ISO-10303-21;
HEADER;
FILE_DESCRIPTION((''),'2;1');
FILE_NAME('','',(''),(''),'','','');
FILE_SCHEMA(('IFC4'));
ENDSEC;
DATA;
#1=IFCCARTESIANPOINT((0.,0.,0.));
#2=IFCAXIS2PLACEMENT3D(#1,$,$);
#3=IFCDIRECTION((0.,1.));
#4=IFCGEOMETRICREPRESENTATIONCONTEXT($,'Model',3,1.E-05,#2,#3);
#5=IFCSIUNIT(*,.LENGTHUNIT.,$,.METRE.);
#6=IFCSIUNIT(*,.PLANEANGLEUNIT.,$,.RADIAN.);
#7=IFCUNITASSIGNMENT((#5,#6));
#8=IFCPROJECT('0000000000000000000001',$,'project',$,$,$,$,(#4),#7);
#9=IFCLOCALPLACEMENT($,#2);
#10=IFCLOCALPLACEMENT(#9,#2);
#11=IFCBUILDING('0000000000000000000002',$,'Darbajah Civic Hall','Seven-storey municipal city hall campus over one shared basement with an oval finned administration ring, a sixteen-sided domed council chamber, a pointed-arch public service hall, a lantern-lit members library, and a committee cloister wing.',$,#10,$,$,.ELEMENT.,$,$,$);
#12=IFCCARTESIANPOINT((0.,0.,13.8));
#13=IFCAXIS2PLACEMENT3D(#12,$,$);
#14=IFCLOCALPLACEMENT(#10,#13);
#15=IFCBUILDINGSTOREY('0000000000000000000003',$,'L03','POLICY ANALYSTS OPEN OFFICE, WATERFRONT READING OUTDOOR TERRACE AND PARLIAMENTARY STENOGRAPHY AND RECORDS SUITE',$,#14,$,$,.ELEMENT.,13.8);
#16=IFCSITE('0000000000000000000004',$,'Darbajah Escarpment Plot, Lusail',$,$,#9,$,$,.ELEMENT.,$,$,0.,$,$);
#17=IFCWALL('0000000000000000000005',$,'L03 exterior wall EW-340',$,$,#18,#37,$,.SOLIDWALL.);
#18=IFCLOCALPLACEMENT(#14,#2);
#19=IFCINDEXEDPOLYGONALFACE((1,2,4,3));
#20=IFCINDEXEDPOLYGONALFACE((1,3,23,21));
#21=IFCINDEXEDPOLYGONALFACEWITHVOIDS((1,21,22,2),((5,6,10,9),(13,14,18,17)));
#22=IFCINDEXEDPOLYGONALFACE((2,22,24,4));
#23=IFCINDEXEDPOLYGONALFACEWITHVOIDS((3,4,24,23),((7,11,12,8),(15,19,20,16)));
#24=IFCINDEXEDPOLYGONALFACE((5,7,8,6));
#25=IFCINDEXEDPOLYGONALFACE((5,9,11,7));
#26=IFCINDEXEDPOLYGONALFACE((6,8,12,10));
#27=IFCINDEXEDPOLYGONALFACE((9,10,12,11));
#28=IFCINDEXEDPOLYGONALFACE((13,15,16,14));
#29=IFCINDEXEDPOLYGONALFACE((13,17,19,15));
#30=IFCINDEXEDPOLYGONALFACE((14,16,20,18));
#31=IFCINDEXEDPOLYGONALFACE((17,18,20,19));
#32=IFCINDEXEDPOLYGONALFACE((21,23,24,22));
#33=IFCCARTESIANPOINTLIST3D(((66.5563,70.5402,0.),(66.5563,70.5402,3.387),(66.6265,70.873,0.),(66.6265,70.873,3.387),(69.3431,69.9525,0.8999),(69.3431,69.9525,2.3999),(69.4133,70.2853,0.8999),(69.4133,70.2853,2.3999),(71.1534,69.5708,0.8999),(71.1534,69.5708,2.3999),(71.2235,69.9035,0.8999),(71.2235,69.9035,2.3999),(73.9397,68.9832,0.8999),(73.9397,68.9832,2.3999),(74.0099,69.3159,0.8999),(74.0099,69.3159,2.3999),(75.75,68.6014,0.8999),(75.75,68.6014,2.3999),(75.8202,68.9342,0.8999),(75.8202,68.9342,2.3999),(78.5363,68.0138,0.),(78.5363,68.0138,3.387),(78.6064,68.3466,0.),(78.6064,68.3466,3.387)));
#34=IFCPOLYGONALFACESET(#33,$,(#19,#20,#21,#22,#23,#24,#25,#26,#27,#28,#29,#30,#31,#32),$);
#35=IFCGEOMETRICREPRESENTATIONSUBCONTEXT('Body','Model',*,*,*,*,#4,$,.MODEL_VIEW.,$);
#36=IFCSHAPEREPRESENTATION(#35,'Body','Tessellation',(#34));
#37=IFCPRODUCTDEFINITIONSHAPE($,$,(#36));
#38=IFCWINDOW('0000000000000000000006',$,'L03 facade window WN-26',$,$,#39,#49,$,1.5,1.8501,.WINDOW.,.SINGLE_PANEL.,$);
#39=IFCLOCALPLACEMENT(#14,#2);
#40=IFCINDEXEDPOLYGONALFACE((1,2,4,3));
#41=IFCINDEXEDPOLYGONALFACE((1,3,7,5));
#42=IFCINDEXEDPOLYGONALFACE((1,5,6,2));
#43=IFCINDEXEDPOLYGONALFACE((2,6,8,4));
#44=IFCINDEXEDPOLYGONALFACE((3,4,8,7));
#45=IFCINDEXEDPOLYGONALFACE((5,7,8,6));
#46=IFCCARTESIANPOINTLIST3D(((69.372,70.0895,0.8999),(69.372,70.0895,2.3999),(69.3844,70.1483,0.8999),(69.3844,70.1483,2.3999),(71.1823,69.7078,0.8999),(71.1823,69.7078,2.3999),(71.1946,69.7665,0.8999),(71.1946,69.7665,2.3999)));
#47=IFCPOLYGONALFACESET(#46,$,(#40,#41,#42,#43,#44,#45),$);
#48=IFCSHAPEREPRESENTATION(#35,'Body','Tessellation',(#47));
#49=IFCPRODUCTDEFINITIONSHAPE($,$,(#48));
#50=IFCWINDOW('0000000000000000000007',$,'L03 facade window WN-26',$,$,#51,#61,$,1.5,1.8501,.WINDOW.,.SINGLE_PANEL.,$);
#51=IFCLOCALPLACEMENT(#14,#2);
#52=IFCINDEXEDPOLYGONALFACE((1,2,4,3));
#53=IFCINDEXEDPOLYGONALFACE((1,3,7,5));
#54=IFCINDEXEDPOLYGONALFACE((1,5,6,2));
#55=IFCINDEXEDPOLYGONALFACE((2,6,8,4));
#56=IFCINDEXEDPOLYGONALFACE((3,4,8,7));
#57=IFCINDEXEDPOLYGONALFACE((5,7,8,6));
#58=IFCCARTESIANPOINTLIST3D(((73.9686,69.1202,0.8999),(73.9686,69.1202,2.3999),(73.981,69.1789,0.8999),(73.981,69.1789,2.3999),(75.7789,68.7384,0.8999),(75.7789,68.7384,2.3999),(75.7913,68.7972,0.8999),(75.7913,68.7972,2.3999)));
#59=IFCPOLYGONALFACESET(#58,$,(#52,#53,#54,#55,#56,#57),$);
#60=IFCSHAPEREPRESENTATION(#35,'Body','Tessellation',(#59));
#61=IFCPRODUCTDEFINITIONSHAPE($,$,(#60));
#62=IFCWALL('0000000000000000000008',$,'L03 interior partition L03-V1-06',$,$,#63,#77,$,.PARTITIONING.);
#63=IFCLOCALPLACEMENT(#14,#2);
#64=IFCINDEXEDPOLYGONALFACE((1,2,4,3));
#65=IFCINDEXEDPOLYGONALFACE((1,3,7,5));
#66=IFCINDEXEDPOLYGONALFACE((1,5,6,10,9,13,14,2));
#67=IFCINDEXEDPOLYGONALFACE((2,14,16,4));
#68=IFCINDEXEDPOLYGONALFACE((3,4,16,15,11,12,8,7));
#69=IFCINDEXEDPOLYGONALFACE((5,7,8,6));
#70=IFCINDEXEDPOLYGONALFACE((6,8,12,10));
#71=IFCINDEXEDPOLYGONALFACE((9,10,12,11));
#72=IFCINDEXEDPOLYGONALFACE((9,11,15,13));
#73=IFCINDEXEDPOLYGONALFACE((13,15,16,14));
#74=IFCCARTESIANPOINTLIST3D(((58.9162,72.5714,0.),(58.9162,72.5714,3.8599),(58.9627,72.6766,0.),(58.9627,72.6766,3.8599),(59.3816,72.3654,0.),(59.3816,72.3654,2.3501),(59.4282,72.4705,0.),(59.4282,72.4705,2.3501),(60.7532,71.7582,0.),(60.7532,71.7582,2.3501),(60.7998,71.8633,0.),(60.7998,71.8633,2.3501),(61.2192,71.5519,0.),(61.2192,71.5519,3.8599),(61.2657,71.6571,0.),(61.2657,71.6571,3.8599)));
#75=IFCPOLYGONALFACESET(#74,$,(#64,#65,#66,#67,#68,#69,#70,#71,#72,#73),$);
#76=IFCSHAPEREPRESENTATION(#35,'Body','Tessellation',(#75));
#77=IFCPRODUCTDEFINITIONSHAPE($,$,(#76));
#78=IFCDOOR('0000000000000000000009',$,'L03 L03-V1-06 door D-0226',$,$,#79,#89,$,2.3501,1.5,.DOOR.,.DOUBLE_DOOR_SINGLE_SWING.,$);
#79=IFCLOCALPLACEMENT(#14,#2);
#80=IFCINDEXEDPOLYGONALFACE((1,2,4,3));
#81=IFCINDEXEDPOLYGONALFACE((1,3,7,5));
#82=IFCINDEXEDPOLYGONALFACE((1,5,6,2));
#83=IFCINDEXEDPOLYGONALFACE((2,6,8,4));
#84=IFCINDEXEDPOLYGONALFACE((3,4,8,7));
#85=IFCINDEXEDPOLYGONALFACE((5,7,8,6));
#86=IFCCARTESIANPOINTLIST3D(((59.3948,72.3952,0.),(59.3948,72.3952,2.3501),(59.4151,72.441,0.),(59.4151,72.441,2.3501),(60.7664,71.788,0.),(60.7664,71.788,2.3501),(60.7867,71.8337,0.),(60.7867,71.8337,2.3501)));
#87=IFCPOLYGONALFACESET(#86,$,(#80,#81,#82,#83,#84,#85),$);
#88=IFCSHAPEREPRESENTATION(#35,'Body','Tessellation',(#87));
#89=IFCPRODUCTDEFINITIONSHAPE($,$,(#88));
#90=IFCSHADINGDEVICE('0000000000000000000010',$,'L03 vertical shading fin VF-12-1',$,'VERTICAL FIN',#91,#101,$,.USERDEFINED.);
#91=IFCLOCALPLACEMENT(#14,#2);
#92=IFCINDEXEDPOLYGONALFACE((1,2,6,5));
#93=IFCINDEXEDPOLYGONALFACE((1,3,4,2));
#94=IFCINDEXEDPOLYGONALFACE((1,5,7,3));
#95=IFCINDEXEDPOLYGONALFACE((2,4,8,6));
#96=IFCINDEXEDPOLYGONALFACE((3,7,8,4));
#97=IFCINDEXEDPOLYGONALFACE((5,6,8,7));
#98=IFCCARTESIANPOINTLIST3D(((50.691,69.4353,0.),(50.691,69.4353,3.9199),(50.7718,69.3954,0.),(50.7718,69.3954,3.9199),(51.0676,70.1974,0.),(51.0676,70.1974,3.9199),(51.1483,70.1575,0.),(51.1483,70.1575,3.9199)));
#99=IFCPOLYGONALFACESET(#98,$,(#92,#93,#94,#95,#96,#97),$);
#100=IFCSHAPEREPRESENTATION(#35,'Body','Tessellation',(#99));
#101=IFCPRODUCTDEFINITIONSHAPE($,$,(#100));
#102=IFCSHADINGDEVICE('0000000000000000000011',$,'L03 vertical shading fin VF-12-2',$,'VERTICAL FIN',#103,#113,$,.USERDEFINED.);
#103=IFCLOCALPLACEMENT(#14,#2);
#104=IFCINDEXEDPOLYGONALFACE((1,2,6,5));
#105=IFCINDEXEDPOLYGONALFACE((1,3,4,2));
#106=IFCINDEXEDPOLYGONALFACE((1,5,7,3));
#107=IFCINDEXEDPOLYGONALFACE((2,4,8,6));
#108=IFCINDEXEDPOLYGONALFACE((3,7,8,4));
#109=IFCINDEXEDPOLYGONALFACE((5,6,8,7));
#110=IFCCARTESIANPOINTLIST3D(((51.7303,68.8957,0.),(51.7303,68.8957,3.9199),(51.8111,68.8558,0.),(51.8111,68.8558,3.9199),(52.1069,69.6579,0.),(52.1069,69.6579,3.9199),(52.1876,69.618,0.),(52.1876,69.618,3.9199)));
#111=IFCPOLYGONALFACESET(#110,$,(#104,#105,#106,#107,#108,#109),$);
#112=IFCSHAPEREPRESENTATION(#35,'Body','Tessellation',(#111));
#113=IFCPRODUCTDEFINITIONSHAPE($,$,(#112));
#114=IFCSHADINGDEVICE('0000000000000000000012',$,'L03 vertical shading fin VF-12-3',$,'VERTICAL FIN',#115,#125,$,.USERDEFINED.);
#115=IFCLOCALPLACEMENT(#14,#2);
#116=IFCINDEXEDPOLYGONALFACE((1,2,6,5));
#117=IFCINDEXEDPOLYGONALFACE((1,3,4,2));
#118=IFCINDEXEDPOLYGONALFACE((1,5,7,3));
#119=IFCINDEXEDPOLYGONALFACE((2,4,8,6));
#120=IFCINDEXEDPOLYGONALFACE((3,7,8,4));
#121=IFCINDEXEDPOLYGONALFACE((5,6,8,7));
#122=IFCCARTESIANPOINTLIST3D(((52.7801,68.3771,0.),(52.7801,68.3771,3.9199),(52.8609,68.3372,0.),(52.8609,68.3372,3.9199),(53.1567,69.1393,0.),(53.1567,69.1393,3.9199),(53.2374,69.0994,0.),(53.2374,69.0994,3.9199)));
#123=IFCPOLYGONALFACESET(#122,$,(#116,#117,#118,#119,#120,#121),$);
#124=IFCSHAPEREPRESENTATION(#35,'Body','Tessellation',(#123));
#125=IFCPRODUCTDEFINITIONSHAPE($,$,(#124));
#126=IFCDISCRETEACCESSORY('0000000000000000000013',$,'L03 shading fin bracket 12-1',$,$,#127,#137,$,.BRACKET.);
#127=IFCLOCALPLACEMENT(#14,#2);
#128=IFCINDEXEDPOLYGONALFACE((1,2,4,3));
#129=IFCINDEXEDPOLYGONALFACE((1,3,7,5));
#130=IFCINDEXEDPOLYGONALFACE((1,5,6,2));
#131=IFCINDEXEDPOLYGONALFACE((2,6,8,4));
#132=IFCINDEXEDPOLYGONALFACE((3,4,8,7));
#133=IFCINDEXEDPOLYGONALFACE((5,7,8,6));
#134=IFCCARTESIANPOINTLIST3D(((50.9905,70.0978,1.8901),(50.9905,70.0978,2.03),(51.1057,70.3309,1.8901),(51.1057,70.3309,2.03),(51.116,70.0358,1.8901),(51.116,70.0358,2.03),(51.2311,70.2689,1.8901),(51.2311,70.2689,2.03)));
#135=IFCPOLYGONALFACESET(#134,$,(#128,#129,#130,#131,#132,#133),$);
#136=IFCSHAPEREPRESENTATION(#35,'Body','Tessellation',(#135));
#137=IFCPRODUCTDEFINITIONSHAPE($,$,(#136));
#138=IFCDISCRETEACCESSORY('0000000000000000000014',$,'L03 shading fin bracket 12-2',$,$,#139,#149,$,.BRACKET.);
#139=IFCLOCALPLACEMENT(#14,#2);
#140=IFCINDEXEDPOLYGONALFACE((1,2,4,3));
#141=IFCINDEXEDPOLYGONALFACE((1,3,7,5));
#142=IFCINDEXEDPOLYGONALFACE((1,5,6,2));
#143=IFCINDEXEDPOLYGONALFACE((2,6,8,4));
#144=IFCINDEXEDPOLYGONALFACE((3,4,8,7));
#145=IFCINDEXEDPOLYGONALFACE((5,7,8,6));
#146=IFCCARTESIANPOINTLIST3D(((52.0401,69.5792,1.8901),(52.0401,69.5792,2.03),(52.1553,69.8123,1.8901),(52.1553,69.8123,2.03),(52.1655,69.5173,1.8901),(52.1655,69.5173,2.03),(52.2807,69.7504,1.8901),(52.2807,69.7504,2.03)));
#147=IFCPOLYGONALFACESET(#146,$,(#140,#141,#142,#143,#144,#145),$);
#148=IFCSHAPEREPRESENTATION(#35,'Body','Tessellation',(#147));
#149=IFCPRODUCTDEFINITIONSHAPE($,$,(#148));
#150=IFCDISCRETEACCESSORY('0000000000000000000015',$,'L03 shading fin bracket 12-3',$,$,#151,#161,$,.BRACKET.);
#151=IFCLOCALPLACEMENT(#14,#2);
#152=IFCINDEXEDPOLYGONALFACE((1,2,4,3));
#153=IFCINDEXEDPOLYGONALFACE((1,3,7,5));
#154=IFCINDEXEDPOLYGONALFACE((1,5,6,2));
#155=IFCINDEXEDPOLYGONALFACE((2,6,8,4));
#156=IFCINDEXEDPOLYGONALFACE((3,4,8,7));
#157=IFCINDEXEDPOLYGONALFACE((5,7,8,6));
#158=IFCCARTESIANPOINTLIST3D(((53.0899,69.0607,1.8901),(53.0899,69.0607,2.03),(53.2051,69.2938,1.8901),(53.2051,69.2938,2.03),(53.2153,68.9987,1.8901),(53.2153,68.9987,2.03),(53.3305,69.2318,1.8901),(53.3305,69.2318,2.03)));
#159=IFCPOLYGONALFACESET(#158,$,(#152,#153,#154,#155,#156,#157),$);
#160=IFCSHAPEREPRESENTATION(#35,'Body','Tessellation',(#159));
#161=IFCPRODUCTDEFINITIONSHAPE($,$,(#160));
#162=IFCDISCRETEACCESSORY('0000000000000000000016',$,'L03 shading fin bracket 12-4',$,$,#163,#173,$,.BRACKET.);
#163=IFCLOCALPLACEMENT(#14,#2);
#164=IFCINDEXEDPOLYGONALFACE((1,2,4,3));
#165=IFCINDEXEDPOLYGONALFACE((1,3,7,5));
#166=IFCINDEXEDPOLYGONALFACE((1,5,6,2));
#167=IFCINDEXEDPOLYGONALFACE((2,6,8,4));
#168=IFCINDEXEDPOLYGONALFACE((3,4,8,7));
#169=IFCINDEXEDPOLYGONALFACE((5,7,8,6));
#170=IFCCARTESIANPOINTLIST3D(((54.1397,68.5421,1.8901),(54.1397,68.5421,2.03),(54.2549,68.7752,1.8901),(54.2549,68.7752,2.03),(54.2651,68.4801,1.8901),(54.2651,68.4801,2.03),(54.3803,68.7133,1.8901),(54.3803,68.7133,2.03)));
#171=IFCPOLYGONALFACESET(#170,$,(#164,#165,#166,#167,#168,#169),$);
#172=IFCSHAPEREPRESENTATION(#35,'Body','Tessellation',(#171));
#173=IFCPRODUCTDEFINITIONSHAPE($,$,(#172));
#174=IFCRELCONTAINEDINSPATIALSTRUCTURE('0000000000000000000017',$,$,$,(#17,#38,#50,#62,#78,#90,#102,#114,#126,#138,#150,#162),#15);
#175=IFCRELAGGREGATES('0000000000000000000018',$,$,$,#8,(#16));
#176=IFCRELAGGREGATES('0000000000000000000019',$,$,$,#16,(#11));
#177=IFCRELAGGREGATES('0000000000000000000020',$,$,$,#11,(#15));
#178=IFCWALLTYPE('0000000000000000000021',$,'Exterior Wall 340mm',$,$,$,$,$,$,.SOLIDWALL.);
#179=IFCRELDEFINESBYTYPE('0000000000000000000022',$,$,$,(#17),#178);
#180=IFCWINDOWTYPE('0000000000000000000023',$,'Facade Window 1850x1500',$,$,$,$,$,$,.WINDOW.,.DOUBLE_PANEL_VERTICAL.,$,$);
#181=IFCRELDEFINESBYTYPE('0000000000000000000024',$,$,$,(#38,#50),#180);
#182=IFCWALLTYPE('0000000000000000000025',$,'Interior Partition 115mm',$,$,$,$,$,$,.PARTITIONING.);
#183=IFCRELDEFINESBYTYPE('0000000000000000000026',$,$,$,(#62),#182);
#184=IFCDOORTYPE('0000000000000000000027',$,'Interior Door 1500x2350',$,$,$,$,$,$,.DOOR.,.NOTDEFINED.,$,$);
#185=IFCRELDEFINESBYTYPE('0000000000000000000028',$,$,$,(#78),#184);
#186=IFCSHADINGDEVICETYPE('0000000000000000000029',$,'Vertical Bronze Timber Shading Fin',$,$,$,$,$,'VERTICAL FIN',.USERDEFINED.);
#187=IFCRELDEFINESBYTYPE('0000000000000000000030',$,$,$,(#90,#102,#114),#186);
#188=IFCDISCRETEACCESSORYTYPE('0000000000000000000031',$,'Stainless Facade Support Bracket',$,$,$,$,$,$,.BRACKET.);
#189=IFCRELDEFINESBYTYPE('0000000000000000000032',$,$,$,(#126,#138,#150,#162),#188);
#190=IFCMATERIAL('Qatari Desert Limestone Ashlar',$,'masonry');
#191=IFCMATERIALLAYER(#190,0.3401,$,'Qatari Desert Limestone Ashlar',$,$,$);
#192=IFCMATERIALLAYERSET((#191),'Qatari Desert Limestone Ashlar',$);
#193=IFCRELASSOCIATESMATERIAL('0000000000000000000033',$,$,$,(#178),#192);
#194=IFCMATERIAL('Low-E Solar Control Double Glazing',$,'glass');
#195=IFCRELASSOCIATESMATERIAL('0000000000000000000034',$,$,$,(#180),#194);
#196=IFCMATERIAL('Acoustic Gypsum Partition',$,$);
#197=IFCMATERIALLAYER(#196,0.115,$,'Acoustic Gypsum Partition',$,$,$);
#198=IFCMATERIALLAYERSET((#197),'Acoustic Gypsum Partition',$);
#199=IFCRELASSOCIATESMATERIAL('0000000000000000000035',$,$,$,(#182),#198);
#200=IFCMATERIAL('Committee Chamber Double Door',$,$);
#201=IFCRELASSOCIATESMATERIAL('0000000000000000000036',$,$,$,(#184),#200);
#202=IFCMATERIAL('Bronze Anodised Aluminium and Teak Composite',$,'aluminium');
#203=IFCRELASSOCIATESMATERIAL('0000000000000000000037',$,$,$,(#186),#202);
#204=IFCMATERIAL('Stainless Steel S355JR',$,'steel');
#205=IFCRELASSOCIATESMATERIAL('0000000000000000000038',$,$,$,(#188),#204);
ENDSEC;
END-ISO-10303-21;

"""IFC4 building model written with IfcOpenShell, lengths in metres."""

from ifc_helpers import new_model, si_unit, direction, frame, frame_2d, origin, origin_2d, place, context, subcontext, project, spatial, rectangle, extrude, material, layer, layer_set, type_object, element, fill, save


model = new_model("IFC4")

# Units and contexts
model_context = context("Model", 3, precision=1e-05, world=origin(), true_north=direction((0.0, 1.0)))
body_context = subcontext(model_context, "Body", "Model", "MODEL_VIEW")
ifc_project = project(units=[si_unit("LENGTHUNIT", "METRE"), si_unit("PLANEANGLEUNIT", "RADIAN")], contexts=[model_context])

# Site, building, storey
site_placement = place(None, origin())
site = spatial("IfcSite", under=ifc_project, at=site_placement, Name="Darbajah Escarpment Plot, Lusail", CompositionType="ELEMENT", RefElevation=0.0)
building_placement = place(site_placement, origin())
building = spatial("IfcBuilding", under=site, at=building_placement, Name="Darbajah Civic Hall", Description="Seven-storey municipal city hall campus over one shared basement with an oval finned administration ring, a sixteen-sided domed council chamber, a pointed-arch public service hall, a lantern-lit members library, and a committee cloister wing.", CompositionType="ELEMENT")
storey_placement = place(building_placement, frame((0.0, 0.0, 13.8)))
storey = spatial("IfcBuildingStorey", under=building, at=storey_placement, Name="L03", Description="POLICY ANALYSTS OPEN OFFICE, WATERFRONT READING OUTDOOR TERRACE AND PARLIAMENTARY STENOGRAPHY AND RECORDS SUITE", CompositionType="ELEMENT", Elevation=13.8)

# Shared definitions
ifc_material_1 = material(Name="Low-E Solar Control Double Glazing", Category="glass")

# Wall, openings, windows
ifc_material_2 = material(Name="Qatari Desert Limestone Ashlar", Category="masonry")
ifc_layer_1 = layer(ifc_material_2, 0.3401, Name="Qatari Desert Limestone Ashlar")
ifc_layer_set_1 = layer_set([ifc_layer_1], Name="Qatari Desert Limestone Ashlar")
wall_type_1 = type_object("IfcWallType", Name="Exterior Wall 340mm", PredefinedType="SOLIDWALL", material=ifc_layer_set_1)
wall_1_placement = place(storey_placement, frame((66.5916, 70.7065, 0.0), z_axis=(0.0, 0.0, 1.0), x_axis=(0.978479, -0.206344, 0.0)))
wall_1 = element("IfcWall", 1, at=wall_1_placement, inside=storey, type_object=wall_type_1, Name="L03 exterior wall EW-340", PredefinedType="SOLIDWALL", context=body_context, shape_type="SweptSolid", body=[
    extrude(rectangle(XDim=12.2434, YDim=0.3401, at=frame_2d((6.1216, 0.0))), origin(), (0.0, 0.0, 1.0), 3.387),
])
opening_1_placement = place(wall_1_placement, frame((2.8479, 0.0, 0.8999)))
opening_1 = element("IfcOpeningElement", 2, at=opening_1_placement, cuts=wall_1, PredefinedType="OPENING", context=body_context, shape_type="SweptSolid", body=[
    extrude(rectangle(XDim=1.8501, YDim=1.5, at=frame_2d((0.925, 0.75))), frame((0.0, 0.1799, 0.0), z_axis=(0.0, -1.0, 0.0), x_axis=(1.0, 0.0, 0.0)), (0.0, 0.0, 1.0), 0.3601),
])
opening_2_placement = place(wall_1_placement, frame((7.5457, 0.0, 0.8999)))
opening_2 = element("IfcOpeningElement", 3, at=opening_2_placement, cuts=wall_1, PredefinedType="OPENING", context=body_context, shape_type="SweptSolid", body=[
    extrude(rectangle(XDim=1.8501, YDim=1.5, at=frame_2d((0.925, 0.75))), frame((0.0, 0.1799, 0.0), z_axis=(0.0, -1.0, 0.0), x_axis=(1.0, 0.0, 0.0)), (0.0, 0.0, 1.0), 0.3601),
])
window_type = type_object("IfcWindowType", Name="Facade Window 1850x1500", PartitioningType="DOUBLE_PANEL_VERTICAL", PredefinedType="WINDOW", material=ifc_material_1)
window_1_placement = place(opening_1_placement, origin())
window_1 = element("IfcWindow", 4, at=window_1_placement, inside=storey, type_object=window_type, Name="L03 facade window WN-26", OverallHeight=1.5, OverallWidth=1.8501, PartitioningType="SINGLE_PANEL", PredefinedType="WINDOW", context=body_context, shape_type="SweptSolid", body=[
    extrude(rectangle(XDim=1.8501, YDim=1.5, at=frame_2d((0.925, 0.75))), frame((0.0, 0.03, 0.0), z_axis=(0.0, -1.0, 0.0), x_axis=(1.0, 0.0, 0.0)), (0.0, 0.0, 1.0), 0.0601),
])
fill(opening_1, window_1)
window_2_placement = place(opening_2_placement, origin())
window_2 = element("IfcWindow", 5, at=window_2_placement, inside=storey, type_object=window_type, Name="L03 facade window WN-26", OverallHeight=1.5, OverallWidth=1.8501, PartitioningType="SINGLE_PANEL", PredefinedType="WINDOW", context=body_context, shape_type="SweptSolid", body=[
    extrude(rectangle(XDim=1.8501, YDim=1.5, at=frame_2d((0.925, 0.75))), frame((0.0, 0.03, 0.0), z_axis=(0.0, -1.0, 0.0), x_axis=(1.0, 0.0, 0.0)), (0.0, 0.0, 1.0), 0.0601),
])
fill(opening_2, window_2)

# Wall, opening, door
ifc_material_3 = material(Name="Acoustic Gypsum Partition")
ifc_layer_2 = layer(ifc_material_3, 0.115, Name="Acoustic Gypsum Partition")
ifc_layer_set_2 = layer_set([ifc_layer_2], Name="Acoustic Gypsum Partition")
wall_type_2 = type_object("IfcWallType", Name="Interior Partition 115mm", PredefinedType="PARTITIONING", material=ifc_layer_set_2)
wall_2_placement = place(storey_placement, frame((61.2424, 71.6045, 0.0), z_axis=(0.0, 0.0, 1.0), x_axis=(-0.914402, 0.404807, 0.0)))
wall_2 = element("IfcWall", 6, at=wall_2_placement, inside=storey, type_object=wall_type_2, Name="L03 interior partition L03-V1-06", PredefinedType="PARTITIONING", context=body_context, shape_type="SweptSolid", body=[
    extrude(rectangle(XDim=2.5186, YDim=0.115, at=frame_2d((1.2593, 0.0))), origin(), (0.0, 0.0, 1.0), 3.8599),
])
opening_3_placement = place(wall_2_placement, frame((0.5095, 0.0, 0.0)))
opening_3 = element("IfcOpeningElement", 7, at=opening_3_placement, cuts=wall_2, PredefinedType="OPENING", context=body_context, shape_type="SweptSolid", body=[
    extrude(rectangle(XDim=1.5, YDim=2.3501, at=frame_2d((0.75, 1.175))), frame((0.0, 0.0674, 0.0), z_axis=(0.0, -1.0, 0.0), x_axis=(1.0, 0.0, 0.0)), (0.0, 0.0, 1.0), 0.135),
])
ifc_material_4 = material(Name="Committee Chamber Double Door")
door_type = type_object("IfcDoorType", Name="Interior Door 1500x2350", OperationType="NOTDEFINED", PredefinedType="DOOR", material=ifc_material_4)
door_placement = place(opening_3_placement, origin())
door = element("IfcDoor", 8, at=door_placement, inside=storey, type_object=door_type, Name="L03 L03-V1-06 door D-0226", OperationType="DOUBLE_DOOR_SINGLE_SWING", OverallHeight=2.3501, OverallWidth=1.5, PredefinedType="DOOR", context=body_context, shape_type="SweptSolid", body=[
    extrude(rectangle(XDim=1.5, YDim=2.3501, at=frame_2d((0.75, 1.175))), frame((0.0, 0.0249, 0.0), z_axis=(0.0, -1.0, 0.0), x_axis=(1.0, 0.0, 0.0)), (0.0, 0.0, 1.0), 0.05),
])
fill(opening_3, door)

# Shading devices
ifc_material_5 = material(Name="Bronze Anodised Aluminium and Teak Composite", Category="aluminium")
shading_device_type = type_object("IfcShadingDeviceType", Name="Vertical Bronze Timber Shading Fin", ElementType="VERTICAL FIN", PredefinedType="USERDEFINED", material=ifc_material_5)
for number, where, z_axis, x_axis, name in (
    (9, (50.9197, 69.7964, 0.0), (0.0, 0.0, 1.0), (-0.442915, -0.896564, 0.0), "L03 vertical shading fin VF-12-1"),
    (10, (51.959, 69.2568, 0.0), (0.0, 0.0, 1.0), (-0.442915, -0.896564, 0.0), "L03 vertical shading fin VF-12-2"),
    (11, (53.0088, 68.7383, 0.0), (0.0, 0.0, 1.0), (-0.442915, -0.896564, 0.0), "L03 vertical shading fin VF-12-3"),
):
    element("IfcShadingDevice", number, at=place(storey_placement, frame(where, z_axis=z_axis, x_axis=x_axis)), inside=storey, type_object=shading_device_type, Name=name, ObjectType="VERTICAL FIN", PredefinedType="USERDEFINED", context=body_context, shape_type="SweptSolid", body=[
        extrude(rectangle(XDim=0.8501, YDim=0.0901, at=origin_2d()), origin(), (0.0, 0.0, 1.0), 3.9199),
    ])

# Discrete accessories
ifc_material_6 = material(Name="Stainless Steel S355JR", Category="steel")
discrete_accessory_type = type_object("IfcDiscreteAccessoryType", Name="Stainless Facade Support Bracket", PredefinedType="BRACKET", material=ifc_material_6)
for number, where, z_axis, x_axis, name in (
    (12, (51.1108, 70.1833, 1.8901), (0.0, 0.0, 1.0), (-0.442915, -0.896564, 0.0), "L03 shading fin bracket 12-1"),
    (13, (52.1604, 69.6648, 1.8901), (0.0, 0.0, 1.0), (-0.442915, -0.896564, 0.0), "L03 shading fin bracket 12-2"),
    (14, (53.2102, 69.1462, 1.8901), (0.0, 0.0, 1.0), (-0.442915, -0.896564, 0.0), "L03 shading fin bracket 12-3"),
    (15, (54.26, 68.6277, 1.8901), (0.0, 0.0, 1.0), (-0.442915, -0.896564, 0.0), "L03 shading fin bracket 12-4"),
):
    element("IfcDiscreteAccessory", number, at=place(storey_placement, frame(where, z_axis=z_axis, x_axis=x_axis)), inside=storey, type_object=discrete_accessory_type, Name=name, PredefinedType="BRACKET", context=body_context, shape_type="SweptSolid", body=[
        extrude(rectangle(XDim=0.26, YDim=0.1399, at=origin_2d()), origin(), (0.0, 0.0, 1.0), 0.1399),
    ])

save(model, "model.ifc")
